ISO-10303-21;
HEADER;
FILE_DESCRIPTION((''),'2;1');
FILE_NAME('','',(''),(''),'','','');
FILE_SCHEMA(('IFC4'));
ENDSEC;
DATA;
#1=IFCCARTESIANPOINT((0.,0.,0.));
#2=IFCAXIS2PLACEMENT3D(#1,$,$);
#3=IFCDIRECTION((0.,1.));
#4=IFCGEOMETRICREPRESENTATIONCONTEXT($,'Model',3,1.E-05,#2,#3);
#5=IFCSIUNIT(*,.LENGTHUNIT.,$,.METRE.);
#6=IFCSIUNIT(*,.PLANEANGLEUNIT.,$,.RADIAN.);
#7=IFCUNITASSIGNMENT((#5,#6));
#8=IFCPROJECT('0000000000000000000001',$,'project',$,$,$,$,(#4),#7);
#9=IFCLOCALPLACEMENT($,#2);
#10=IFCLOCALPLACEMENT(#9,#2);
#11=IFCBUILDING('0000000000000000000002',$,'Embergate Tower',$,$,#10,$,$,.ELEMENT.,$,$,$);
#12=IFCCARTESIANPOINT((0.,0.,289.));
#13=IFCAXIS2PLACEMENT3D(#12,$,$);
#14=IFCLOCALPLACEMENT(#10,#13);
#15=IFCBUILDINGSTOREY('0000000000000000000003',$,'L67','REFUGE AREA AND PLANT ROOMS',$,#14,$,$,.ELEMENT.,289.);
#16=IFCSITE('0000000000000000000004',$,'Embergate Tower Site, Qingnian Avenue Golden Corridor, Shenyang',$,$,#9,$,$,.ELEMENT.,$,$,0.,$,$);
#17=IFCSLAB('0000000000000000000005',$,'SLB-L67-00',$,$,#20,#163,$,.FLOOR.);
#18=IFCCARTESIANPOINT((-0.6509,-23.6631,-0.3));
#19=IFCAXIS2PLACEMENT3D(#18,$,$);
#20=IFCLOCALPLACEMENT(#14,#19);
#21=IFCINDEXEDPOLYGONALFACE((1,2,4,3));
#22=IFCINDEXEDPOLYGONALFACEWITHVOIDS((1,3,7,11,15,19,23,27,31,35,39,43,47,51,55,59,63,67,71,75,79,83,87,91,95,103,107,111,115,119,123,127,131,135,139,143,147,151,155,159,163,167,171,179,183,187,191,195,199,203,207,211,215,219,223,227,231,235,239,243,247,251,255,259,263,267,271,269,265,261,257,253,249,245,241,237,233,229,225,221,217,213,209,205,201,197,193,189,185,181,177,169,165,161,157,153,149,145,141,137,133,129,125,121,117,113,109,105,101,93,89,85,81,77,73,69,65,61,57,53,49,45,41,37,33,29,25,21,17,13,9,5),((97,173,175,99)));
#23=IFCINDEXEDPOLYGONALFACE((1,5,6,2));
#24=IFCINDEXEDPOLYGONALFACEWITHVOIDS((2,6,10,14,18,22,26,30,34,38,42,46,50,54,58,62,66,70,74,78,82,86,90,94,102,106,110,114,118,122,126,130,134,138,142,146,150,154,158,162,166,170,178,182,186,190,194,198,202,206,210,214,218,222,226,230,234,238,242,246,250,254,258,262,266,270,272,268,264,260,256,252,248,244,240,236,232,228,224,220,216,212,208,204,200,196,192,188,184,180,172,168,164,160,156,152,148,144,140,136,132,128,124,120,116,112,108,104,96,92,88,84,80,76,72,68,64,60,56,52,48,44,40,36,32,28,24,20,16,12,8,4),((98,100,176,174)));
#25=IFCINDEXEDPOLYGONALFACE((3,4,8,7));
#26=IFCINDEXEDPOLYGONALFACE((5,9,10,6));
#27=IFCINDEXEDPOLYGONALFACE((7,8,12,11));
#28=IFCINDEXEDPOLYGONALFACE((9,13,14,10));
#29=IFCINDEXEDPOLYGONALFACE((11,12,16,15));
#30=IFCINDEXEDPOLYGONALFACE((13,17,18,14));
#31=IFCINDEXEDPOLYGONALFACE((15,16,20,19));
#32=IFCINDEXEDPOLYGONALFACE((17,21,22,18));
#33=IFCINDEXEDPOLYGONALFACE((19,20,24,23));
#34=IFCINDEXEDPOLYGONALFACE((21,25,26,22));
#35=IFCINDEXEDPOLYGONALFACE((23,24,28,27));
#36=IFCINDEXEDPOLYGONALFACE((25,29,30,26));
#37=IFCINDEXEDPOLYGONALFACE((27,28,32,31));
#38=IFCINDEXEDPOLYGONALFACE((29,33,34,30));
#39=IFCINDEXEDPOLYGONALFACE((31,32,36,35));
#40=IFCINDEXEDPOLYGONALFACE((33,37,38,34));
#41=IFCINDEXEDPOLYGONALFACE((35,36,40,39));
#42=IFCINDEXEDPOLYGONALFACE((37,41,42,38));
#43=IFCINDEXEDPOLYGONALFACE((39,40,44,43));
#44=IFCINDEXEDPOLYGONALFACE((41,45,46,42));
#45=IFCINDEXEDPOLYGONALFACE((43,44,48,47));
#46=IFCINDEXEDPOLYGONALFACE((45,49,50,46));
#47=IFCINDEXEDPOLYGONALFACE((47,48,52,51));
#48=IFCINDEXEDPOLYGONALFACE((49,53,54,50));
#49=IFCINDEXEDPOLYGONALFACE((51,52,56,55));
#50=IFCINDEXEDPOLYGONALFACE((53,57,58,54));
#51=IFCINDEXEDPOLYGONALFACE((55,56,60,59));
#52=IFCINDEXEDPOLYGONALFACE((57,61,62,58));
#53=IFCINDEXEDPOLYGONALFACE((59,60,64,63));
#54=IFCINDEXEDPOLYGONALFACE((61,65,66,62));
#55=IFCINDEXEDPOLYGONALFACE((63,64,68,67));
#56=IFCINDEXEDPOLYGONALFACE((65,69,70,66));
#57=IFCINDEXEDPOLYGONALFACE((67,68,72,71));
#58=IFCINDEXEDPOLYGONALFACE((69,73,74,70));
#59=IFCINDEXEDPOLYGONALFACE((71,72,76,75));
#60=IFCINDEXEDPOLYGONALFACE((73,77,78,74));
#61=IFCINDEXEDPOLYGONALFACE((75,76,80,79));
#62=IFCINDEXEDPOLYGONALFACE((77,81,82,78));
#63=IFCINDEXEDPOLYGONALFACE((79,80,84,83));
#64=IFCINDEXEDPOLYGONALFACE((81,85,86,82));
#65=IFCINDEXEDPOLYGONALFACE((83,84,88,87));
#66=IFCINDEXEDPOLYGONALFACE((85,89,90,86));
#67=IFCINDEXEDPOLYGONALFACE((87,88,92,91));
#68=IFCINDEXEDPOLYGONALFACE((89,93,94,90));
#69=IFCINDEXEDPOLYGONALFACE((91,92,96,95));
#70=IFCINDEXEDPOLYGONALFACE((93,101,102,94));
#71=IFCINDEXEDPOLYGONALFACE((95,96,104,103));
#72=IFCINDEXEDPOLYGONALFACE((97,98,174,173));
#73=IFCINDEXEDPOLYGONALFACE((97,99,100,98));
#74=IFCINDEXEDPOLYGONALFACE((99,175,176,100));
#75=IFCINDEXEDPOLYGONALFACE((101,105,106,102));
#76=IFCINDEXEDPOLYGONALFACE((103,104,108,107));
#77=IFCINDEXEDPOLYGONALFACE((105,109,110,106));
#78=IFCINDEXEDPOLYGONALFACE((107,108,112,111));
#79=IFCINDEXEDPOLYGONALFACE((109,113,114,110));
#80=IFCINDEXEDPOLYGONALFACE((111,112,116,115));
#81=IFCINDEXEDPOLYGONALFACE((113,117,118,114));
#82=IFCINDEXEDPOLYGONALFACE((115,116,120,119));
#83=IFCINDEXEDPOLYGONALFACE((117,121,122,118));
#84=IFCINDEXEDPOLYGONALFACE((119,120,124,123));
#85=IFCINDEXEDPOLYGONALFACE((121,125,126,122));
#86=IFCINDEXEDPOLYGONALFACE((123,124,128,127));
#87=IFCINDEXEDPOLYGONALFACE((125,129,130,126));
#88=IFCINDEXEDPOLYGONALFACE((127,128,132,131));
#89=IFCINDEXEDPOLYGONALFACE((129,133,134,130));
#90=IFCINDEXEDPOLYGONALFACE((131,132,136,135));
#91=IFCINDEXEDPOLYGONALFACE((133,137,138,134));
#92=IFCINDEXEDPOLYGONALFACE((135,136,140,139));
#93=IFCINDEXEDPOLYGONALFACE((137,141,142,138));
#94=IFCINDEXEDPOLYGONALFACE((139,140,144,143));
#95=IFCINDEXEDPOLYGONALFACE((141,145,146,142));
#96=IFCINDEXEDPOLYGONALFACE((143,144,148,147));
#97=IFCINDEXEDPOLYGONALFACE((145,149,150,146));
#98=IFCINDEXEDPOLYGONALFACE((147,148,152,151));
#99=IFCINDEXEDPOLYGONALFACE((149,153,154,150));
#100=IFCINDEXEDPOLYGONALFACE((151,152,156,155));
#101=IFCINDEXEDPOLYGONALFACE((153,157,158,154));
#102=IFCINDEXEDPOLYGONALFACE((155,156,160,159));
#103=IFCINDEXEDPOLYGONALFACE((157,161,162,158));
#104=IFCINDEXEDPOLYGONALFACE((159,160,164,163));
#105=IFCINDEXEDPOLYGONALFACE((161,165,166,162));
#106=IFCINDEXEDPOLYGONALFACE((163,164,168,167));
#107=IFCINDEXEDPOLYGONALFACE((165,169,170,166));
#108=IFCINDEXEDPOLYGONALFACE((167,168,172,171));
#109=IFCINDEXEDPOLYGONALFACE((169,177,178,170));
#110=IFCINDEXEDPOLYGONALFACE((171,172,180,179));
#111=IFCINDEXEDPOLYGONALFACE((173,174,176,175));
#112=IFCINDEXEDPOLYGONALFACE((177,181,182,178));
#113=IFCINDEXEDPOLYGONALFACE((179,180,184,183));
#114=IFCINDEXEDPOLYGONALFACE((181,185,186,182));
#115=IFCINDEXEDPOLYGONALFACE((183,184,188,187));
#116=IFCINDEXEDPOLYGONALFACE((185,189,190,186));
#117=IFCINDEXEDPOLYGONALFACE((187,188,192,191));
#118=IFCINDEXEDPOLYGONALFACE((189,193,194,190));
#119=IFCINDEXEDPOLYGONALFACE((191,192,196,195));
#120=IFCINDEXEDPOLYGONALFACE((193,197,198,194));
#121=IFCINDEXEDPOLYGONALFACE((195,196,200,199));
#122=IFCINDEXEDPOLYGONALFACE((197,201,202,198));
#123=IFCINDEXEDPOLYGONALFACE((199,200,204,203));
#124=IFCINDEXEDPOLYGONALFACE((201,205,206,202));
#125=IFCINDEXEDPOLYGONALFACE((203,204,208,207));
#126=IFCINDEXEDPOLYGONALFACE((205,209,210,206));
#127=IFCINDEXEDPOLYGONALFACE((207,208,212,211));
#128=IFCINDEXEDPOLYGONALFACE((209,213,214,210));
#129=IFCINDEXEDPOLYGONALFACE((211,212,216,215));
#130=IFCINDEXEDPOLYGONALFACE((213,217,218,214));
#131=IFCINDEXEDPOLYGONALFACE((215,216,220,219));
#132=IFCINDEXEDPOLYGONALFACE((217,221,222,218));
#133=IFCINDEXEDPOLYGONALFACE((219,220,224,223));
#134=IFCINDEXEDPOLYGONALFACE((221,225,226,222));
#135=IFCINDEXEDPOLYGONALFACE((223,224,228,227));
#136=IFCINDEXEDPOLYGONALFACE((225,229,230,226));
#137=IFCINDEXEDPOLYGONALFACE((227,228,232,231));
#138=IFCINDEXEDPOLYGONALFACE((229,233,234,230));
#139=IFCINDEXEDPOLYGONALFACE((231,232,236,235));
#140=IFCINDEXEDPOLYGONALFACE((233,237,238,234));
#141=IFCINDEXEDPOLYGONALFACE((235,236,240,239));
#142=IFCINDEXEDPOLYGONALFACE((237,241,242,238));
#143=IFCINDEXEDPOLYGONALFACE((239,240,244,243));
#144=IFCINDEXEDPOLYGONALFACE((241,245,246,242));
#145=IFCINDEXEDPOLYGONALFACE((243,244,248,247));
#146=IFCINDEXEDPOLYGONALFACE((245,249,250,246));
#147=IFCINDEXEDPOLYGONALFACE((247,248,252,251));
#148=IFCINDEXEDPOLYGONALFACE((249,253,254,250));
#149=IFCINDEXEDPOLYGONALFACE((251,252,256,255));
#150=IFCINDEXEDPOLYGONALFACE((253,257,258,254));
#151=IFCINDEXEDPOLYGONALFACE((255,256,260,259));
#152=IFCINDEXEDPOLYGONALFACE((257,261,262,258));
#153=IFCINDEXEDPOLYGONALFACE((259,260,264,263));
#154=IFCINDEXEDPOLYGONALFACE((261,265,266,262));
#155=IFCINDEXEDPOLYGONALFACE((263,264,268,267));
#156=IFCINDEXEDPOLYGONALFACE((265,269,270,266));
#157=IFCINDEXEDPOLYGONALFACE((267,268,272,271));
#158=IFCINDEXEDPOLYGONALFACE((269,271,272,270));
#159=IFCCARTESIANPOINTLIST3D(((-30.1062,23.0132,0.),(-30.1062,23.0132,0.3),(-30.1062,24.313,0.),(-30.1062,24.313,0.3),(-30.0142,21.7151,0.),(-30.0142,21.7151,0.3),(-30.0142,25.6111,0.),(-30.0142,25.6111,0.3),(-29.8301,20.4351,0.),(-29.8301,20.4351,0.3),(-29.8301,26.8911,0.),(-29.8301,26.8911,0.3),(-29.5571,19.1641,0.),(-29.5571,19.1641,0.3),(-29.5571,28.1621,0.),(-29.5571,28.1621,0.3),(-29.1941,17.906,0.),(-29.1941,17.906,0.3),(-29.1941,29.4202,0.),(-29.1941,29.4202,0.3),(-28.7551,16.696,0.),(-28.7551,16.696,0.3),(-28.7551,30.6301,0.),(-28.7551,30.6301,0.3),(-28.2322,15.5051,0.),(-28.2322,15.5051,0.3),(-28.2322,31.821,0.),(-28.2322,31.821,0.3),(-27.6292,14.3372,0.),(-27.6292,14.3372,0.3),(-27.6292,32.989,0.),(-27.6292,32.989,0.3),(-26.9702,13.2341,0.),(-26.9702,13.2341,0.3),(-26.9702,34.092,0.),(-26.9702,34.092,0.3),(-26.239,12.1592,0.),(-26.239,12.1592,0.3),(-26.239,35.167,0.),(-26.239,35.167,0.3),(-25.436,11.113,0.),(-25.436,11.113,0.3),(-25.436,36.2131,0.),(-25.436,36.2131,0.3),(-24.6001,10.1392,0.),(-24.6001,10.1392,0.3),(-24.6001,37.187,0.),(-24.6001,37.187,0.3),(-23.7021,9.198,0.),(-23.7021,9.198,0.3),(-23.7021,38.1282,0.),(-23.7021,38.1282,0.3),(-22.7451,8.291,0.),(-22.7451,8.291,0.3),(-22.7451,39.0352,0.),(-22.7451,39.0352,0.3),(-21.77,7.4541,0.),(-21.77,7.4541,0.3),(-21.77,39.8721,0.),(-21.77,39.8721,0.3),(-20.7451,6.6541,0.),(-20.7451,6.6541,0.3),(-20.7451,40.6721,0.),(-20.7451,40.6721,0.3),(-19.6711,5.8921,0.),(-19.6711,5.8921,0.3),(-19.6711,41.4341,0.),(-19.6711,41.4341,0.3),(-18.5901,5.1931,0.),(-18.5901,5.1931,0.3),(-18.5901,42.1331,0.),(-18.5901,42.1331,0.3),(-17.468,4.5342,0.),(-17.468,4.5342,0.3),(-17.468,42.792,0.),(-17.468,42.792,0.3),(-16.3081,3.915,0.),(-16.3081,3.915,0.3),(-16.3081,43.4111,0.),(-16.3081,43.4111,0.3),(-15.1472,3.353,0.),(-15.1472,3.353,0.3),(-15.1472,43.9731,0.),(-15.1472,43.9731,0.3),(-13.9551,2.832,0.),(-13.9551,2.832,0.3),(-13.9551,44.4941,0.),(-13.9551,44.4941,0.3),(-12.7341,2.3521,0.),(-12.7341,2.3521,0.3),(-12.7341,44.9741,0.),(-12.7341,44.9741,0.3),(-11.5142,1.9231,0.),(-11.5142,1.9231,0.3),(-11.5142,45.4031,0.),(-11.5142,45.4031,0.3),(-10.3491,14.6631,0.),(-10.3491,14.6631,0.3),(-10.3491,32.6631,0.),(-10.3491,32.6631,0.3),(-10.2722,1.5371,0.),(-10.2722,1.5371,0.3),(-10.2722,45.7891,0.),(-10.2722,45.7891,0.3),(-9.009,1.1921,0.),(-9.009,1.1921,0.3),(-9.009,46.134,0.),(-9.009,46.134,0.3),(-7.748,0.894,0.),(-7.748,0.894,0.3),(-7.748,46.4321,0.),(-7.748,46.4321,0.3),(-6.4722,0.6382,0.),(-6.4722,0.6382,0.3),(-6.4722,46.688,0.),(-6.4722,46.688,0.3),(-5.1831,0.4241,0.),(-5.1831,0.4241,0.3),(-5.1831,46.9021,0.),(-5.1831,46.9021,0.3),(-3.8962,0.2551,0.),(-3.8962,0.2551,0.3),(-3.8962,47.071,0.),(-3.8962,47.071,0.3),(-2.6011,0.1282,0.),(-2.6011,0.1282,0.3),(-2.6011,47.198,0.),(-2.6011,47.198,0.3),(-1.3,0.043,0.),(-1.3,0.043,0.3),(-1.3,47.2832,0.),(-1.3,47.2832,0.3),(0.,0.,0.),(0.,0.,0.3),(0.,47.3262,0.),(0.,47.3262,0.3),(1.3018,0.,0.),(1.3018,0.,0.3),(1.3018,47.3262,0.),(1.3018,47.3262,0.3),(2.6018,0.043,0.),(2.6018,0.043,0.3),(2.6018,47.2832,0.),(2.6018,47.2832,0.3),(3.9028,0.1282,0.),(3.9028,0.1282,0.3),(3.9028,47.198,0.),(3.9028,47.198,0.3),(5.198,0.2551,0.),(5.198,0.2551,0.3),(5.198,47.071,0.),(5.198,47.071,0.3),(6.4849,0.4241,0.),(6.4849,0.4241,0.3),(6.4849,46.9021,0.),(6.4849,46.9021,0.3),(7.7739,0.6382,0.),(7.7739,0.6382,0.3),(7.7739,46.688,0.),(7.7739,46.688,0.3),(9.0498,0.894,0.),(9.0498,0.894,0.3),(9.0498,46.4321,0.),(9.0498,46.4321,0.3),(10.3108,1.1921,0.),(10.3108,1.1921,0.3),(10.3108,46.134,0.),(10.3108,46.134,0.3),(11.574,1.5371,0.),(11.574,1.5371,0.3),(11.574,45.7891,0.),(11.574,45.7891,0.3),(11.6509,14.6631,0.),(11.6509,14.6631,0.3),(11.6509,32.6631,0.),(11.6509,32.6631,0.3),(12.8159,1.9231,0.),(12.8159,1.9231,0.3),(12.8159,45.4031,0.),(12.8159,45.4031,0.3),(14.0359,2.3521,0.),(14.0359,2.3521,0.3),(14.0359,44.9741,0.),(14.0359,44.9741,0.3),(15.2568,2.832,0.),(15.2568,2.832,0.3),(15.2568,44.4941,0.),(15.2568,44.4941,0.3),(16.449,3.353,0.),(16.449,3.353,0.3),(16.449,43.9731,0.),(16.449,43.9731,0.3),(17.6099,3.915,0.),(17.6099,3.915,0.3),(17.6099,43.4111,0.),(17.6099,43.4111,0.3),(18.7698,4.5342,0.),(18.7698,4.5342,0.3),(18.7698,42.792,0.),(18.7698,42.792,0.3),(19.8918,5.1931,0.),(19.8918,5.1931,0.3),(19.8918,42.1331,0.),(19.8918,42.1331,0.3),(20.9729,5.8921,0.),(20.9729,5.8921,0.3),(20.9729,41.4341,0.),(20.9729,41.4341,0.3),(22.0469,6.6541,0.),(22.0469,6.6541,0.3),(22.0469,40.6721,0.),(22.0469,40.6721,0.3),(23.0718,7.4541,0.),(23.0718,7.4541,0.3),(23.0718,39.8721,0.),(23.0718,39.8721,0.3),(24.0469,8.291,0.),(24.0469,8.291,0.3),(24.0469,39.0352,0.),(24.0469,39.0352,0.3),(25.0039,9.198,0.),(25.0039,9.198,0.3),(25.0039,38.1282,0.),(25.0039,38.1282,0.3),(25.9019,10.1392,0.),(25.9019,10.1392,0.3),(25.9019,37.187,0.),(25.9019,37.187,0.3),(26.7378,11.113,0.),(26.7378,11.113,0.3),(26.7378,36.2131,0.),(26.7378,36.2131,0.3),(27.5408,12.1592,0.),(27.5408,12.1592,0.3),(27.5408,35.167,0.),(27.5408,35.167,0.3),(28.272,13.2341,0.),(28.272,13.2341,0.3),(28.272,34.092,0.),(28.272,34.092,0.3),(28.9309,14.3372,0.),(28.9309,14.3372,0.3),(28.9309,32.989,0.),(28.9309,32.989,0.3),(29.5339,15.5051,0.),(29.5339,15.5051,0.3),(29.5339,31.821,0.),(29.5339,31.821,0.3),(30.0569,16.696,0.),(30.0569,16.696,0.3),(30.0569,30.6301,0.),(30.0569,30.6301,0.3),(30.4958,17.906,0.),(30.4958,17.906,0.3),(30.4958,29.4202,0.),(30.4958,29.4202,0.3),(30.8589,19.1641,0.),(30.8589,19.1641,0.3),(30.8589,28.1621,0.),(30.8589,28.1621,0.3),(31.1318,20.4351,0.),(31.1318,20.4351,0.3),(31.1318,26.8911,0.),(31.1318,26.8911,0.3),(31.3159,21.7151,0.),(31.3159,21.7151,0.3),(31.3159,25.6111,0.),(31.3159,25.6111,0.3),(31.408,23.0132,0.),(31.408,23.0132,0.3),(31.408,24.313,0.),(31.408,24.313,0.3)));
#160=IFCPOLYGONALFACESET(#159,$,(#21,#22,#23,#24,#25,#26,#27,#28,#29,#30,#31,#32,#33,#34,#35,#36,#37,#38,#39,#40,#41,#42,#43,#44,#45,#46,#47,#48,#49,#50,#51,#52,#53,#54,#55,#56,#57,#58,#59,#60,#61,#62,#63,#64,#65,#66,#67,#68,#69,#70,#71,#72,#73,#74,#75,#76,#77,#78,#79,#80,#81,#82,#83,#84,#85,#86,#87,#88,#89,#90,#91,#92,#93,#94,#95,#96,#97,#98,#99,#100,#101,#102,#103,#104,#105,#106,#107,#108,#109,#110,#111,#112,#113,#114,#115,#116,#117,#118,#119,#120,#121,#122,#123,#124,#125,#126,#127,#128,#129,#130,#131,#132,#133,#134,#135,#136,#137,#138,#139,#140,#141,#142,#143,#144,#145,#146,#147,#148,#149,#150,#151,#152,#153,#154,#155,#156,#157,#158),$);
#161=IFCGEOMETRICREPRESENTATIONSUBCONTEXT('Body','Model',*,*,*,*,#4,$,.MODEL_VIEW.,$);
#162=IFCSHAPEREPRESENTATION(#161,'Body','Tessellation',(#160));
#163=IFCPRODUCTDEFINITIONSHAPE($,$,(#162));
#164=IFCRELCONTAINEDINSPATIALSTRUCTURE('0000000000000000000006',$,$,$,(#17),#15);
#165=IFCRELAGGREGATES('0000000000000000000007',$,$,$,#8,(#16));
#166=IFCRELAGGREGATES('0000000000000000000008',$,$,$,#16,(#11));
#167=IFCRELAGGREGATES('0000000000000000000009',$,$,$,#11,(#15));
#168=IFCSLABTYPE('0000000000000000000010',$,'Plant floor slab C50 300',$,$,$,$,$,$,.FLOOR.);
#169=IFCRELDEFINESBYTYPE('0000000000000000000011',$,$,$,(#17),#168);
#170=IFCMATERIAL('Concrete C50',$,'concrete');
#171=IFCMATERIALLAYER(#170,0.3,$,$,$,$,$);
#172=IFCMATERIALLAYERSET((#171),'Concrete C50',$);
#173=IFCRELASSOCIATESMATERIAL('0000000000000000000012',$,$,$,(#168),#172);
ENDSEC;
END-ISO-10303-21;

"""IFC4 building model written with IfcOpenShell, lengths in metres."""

from ifc_helpers import new_model, si_unit, direction, frame, origin, place, context, subcontext, project, spatial, polyline, outline, extrude, source, transform, mapped, material, layer, layer_set, type_object, element, save


model = new_model("IFC4")

# Units and contexts
model_context = context("Model", 3, precision=1e-05, world=origin(), true_north=direction((0.0, 1.0)))
body_context = subcontext(model_context, "Body", "Model", "MODEL_VIEW")
ifc_project = project(units=[si_unit("LENGTHUNIT", "METRE"), si_unit("PLANEANGLEUNIT", "RADIAN")], contexts=[model_context])

# Site, building, storey
site_placement = place(None, origin())
site = spatial("IfcSite", under=ifc_project, at=site_placement, Name="Embergate Tower Site, Qingnian Avenue Golden Corridor, Shenyang", CompositionType="ELEMENT", RefElevation=0.0)
building_placement = place(site_placement, origin())
building = spatial("IfcBuilding", under=site, at=building_placement, Name="Embergate Tower", CompositionType="ELEMENT")
storey_placement = place(building_placement, frame((0.0, 0.0, 289.0)))
storey = spatial("IfcBuildingStorey", under=building, at=storey_placement, Name="L67", Description="REFUGE AREA AND PLANT ROOMS", CompositionType="ELEMENT", Elevation=289.0)

# Shared definitions
ifc_material_1 = material(Name="Concrete C50", Category="concrete")

# Slab
ifc_layer_1 = layer(ifc_material_1, 0.3)
ifc_layer_set_1 = layer_set([ifc_layer_1], Name="Concrete C50")
slab_type = type_object("IfcSlabType", Name="Plant floor slab C50 300", PredefinedType="FLOOR", material=ifc_layer_set_1)
shared_shape_1 = source(origin(), body_context, "Body", "SweptSolid", [
    extrude(outline(polyline([(0.0, 0.0), (1.3018, 0.0), (2.6018, 0.043), (3.9028, 0.1282), (5.198, 0.2551), (6.4849, 0.4241), (7.7739, 0.6382), (9.0498, 0.894), (10.3108, 1.1921), (11.574, 1.5371), (12.8159, 1.9231), (14.0359, 2.3521), (15.2568, 2.832), (16.449, 3.353), (17.6099, 3.915), (18.7698, 4.5342), (19.8918, 5.1931), (20.9729, 5.8921), (22.0469, 6.6541), (23.0718, 7.4541), (24.0469, 8.291), (25.0039, 9.198), (25.9019, 10.1392), (26.7378, 11.113), (27.5408, 12.1592), (28.272, 13.2341), (28.9309, 14.3372), (29.5339, 15.5051), (30.0569, 16.696), (30.4958, 17.906), (30.8589, 19.1641), (31.1318, 20.4351), (31.3159, 21.7151), (31.408, 23.0132), (31.408, 24.313), (31.3159, 25.6111), (31.1318, 26.8911), (30.8589, 28.1621), (30.4958, 29.4202), (30.0569, 30.6301), (29.5339, 31.821), (28.9309, 32.989), (28.272, 34.092), (27.5408, 35.167), (26.7378, 36.2131), (25.9019, 37.187), (25.0039, 38.1282), (24.0469, 39.0352), (23.0718, 39.8721), (22.0469, 40.6721), (20.9729, 41.4341), (19.8918, 42.1331), (18.7698, 42.792), (17.6099, 43.4111), (16.449, 43.9731), (15.2568, 44.4941), (14.0359, 44.9741), (12.8159, 45.4031), (11.574, 45.7891), (10.3108, 46.134), (9.0498, 46.4321), (7.7739, 46.688), (6.4849, 46.9021), (5.198, 47.071), (3.9028, 47.198), (2.6018, 47.2832), (1.3018, 47.3262), (0.0, 47.3262), (-1.3, 47.2832), (-2.6011, 47.198), (-3.8962, 47.071), (-5.1831, 46.9021), (-6.4722, 46.688), (-7.748, 46.4321), (-9.009, 46.134), (-10.2722, 45.7891), (-11.5142, 45.4031), (-12.7341, 44.9741), (-13.9551, 44.4941), (-15.1472, 43.9731), (-16.3081, 43.4111), (-17.468, 42.792), (-18.5901, 42.1331), (-19.6711, 41.4341), (-20.7451, 40.6721), (-21.77, 39.8721), (-22.7451, 39.0352), (-23.7021, 38.1282), (-24.6001, 37.187), (-25.436, 36.2131), (-26.239, 35.167), (-26.9702, 34.092), (-27.6292, 32.989), (-28.2322, 31.821), (-28.7551, 30.6301), (-29.1941, 29.4202), (-29.5571, 28.1621), (-29.8301, 26.8911), (-30.0142, 25.6111), (-30.1062, 24.313), (-30.1062, 23.0132), (-30.0142, 21.7151), (-29.8301, 20.4351), (-29.5571, 19.1641), (-29.1941, 17.906), (-28.7551, 16.696), (-28.2322, 15.5051), (-27.6292, 14.3372), (-26.9702, 13.2341), (-26.239, 12.1592), (-25.436, 11.113), (-24.6001, 10.1392), (-23.7021, 9.198), (-22.7451, 8.291), (-21.77, 7.4541), (-20.7451, 6.6541), (-19.6711, 5.8921), (-18.5901, 5.1931), (-17.468, 4.5342), (-16.3081, 3.915), (-15.1472, 3.353), (-13.9551, 2.832), (-12.7341, 2.3521), (-11.5142, 1.9231), (-10.2722, 1.5371), (-9.009, 1.1921), (-7.748, 0.894), (-6.4722, 0.6382), (-5.1831, 0.4241), (-3.8962, 0.2551), (-2.6011, 0.1282), (-1.3, 0.043), (0.0, 0.0)]), holes=[polyline([(-10.3491, 14.6631), (-10.3491, 32.6631), (11.6509, 32.6631), (11.6509, 14.6631), (-10.3491, 14.6631)])]), origin(), (0.0, 0.0, 1.0), 0.3),
])
slab_placement = place(storey_placement, frame((-0.6509, -23.6631, -0.3)))
element("IfcSlab", 1, at=slab_placement, inside=storey, type_object=slab_type, Name="SLB-L67-00", PredefinedType="FLOOR", context=body_context, shape_type="MappedRepresentation", body=[
    mapped(shared_shape_1, transform((0.0, 0.0, 0.0))),
])

save(model, "model.ifc")
